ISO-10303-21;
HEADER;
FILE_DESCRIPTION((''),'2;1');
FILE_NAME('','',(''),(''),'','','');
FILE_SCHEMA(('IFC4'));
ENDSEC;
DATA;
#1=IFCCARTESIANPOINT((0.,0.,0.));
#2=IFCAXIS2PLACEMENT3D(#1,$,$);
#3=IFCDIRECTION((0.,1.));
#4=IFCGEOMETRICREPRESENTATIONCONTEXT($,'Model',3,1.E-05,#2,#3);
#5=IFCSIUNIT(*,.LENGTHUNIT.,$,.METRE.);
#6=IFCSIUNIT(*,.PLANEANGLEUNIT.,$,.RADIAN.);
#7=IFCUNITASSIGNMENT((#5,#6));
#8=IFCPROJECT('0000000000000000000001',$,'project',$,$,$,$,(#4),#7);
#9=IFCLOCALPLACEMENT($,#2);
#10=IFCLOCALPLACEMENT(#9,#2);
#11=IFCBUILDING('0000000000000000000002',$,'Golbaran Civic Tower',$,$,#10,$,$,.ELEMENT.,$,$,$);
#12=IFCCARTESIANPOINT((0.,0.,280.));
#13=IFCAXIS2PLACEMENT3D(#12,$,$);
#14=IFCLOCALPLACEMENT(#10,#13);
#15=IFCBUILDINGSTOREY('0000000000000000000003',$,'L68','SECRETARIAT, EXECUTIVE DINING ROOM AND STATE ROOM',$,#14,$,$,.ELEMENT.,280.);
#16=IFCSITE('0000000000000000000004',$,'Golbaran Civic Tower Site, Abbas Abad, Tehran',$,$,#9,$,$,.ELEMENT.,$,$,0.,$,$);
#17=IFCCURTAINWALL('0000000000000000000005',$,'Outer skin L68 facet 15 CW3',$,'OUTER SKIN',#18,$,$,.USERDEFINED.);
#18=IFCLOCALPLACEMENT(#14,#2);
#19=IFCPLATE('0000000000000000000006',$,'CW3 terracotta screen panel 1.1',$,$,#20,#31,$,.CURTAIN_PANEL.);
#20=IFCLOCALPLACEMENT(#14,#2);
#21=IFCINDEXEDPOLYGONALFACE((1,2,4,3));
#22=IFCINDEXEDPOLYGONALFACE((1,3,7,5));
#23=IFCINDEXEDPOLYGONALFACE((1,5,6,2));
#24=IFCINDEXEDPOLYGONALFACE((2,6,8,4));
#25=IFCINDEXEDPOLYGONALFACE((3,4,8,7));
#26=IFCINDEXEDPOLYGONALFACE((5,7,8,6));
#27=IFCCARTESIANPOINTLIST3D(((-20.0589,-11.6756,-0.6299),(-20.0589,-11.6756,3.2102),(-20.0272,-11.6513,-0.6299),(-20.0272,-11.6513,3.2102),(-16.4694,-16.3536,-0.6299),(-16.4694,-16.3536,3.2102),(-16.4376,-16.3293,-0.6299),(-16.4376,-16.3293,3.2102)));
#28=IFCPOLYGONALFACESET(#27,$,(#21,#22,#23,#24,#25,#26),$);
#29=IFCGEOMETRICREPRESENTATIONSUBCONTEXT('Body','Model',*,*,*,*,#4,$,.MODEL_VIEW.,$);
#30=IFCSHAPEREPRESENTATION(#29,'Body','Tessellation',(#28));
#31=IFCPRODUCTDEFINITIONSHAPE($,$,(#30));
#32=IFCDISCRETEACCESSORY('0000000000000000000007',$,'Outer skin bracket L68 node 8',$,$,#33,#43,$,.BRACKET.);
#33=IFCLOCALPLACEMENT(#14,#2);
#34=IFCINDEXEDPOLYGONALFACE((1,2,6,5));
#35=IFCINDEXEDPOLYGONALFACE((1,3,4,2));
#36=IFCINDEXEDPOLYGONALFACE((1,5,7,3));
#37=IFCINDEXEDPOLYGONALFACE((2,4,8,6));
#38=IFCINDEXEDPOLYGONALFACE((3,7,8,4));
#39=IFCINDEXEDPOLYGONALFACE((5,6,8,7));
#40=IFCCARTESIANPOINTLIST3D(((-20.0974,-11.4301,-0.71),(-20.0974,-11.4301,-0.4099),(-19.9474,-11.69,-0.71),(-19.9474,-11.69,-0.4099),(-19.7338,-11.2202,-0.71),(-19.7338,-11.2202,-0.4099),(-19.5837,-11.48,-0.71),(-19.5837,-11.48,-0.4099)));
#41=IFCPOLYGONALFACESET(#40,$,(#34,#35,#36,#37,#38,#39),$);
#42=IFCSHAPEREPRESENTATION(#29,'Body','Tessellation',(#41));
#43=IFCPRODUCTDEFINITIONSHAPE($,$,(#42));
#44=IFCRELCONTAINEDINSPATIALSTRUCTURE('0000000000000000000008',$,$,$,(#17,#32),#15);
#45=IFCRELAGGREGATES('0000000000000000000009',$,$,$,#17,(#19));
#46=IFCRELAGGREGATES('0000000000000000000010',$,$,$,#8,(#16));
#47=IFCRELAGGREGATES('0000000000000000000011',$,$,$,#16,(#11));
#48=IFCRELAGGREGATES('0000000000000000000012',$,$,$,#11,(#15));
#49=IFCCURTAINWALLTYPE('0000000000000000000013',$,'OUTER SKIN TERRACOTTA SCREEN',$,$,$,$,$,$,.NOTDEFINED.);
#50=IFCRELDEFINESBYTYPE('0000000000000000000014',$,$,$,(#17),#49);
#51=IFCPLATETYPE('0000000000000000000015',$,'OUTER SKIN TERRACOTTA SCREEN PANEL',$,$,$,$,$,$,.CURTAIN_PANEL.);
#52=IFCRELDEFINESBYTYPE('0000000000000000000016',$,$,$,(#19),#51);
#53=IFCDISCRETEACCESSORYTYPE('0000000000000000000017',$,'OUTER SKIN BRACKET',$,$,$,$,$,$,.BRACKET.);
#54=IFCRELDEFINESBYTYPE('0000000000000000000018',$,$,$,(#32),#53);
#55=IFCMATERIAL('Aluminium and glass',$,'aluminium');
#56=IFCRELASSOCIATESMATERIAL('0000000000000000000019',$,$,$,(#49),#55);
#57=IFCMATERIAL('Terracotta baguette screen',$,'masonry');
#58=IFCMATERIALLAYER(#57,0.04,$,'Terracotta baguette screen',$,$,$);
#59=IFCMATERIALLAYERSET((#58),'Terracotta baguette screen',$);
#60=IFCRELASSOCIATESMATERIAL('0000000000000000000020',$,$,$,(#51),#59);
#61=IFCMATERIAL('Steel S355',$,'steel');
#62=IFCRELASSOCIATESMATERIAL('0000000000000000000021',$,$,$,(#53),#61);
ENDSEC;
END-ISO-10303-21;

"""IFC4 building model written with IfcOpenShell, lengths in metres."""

from ifc_helpers import new_model, si_unit, direction, frame, origin, origin_2d, place, context, subcontext, project, spatial, rectangle, extrude, material, layer, layer_set, type_object, element, aggregate, save


model = new_model("IFC4")

# Units and contexts
model_context = context("Model", 3, precision=1e-05, world=origin(), true_north=direction((0.0, 1.0)))
body_context = subcontext(model_context, "Body", "Model", "MODEL_VIEW")
ifc_project = project(units=[si_unit("LENGTHUNIT", "METRE"), si_unit("PLANEANGLEUNIT", "RADIAN")], contexts=[model_context])

# Site, building, storey
site_placement = place(None, origin())
site = spatial("IfcSite", under=ifc_project, at=site_placement, Name="Golbaran Civic Tower Site, Abbas Abad, Tehran", CompositionType="ELEMENT", RefElevation=0.0)
building_placement = place(site_placement, origin())
building = spatial("IfcBuilding", under=site, at=building_placement, Name="Golbaran Civic Tower", CompositionType="ELEMENT")
storey_placement = place(building_placement, frame((0.0, 0.0, 280.0)))
storey = spatial("IfcBuildingStorey", under=building, at=storey_placement, Name="L68", Description="SECRETARIAT, EXECUTIVE DINING ROOM AND STATE ROOM", CompositionType="ELEMENT", Elevation=280.0)

# Shared definitions
ifc_material_1 = material(Name="Steel S355", Category="steel")

# Shared definitions
ifc_material_2 = material(Name="Aluminium and glass", Category="aluminium")

# Shared definitions
curtain_wall_type_1 = type_object("IfcCurtainWallType", Name="OUTER SKIN TERRACOTTA SCREEN", PredefinedType="NOTDEFINED", material=ifc_material_2)

# Curtain wall
curtain_wall_1_placement = place(storey_placement, origin())
curtain_wall_1 = element("IfcCurtainWall", 1, at=curtain_wall_1_placement, inside=storey, type_object=curtain_wall_type_1, Name="Outer skin L68 facet 15 CW3", ObjectType="OUTER SKIN", PredefinedType="USERDEFINED")

# Plate
ifc_material_3 = material(Name="Terracotta baguette screen", Category="masonry")
ifc_layer_1 = layer(ifc_material_3, 0.04, Name="Terracotta baguette screen")
ifc_layer_set_1 = layer_set([ifc_layer_1], Name="Terracotta baguette screen")
plate_type_1 = type_object("IfcPlateType", Name="OUTER SKIN TERRACOTTA SCREEN PANEL", PredefinedType="CURTAIN_PANEL", material=ifc_layer_set_1)
plate_1_placement = place(storey_placement, frame((-18.2483, -14.0024, -0.6299), z_axis=(0.0, 0.0, 1.0), x_axis=(0.608761, -0.793353, 0.0)))
plate_1 = element("IfcPlate", 2, at=plate_1_placement, type_object=plate_type_1, Name="CW3 terracotta screen panel 1.1", PredefinedType="CURTAIN_PANEL", context=body_context, shape_type="SweptSolid", body=[
    extrude(rectangle(XDim=5.8965, YDim=0.04, at=origin_2d()), origin(), (0.0, 0.0, 1.0), 3.8401),
])
aggregate(curtain_wall_1, [plate_1])

# Discrete accessory
discrete_accessory_type = type_object("IfcDiscreteAccessoryType", Name="OUTER SKIN BRACKET", PredefinedType="BRACKET", material=ifc_material_1)
discrete_accessory_placement = place(storey_placement, frame((-19.8406, -11.4551, -0.71), z_axis=(0.0, 0.0, 1.0), x_axis=(-0.866025, -0.5, 0.0)))
element("IfcDiscreteAccessory", 3, at=discrete_accessory_placement, inside=storey, type_object=discrete_accessory_type, Name="Outer skin bracket L68 node 8", PredefinedType="BRACKET", context=body_context, shape_type="SweptSolid", body=[
    extrude(rectangle(XDim=0.4199, YDim=0.3, at=origin_2d()), origin(), (0.0, 0.0, 1.0), 0.3),
])

save(model, "model.ifc")
